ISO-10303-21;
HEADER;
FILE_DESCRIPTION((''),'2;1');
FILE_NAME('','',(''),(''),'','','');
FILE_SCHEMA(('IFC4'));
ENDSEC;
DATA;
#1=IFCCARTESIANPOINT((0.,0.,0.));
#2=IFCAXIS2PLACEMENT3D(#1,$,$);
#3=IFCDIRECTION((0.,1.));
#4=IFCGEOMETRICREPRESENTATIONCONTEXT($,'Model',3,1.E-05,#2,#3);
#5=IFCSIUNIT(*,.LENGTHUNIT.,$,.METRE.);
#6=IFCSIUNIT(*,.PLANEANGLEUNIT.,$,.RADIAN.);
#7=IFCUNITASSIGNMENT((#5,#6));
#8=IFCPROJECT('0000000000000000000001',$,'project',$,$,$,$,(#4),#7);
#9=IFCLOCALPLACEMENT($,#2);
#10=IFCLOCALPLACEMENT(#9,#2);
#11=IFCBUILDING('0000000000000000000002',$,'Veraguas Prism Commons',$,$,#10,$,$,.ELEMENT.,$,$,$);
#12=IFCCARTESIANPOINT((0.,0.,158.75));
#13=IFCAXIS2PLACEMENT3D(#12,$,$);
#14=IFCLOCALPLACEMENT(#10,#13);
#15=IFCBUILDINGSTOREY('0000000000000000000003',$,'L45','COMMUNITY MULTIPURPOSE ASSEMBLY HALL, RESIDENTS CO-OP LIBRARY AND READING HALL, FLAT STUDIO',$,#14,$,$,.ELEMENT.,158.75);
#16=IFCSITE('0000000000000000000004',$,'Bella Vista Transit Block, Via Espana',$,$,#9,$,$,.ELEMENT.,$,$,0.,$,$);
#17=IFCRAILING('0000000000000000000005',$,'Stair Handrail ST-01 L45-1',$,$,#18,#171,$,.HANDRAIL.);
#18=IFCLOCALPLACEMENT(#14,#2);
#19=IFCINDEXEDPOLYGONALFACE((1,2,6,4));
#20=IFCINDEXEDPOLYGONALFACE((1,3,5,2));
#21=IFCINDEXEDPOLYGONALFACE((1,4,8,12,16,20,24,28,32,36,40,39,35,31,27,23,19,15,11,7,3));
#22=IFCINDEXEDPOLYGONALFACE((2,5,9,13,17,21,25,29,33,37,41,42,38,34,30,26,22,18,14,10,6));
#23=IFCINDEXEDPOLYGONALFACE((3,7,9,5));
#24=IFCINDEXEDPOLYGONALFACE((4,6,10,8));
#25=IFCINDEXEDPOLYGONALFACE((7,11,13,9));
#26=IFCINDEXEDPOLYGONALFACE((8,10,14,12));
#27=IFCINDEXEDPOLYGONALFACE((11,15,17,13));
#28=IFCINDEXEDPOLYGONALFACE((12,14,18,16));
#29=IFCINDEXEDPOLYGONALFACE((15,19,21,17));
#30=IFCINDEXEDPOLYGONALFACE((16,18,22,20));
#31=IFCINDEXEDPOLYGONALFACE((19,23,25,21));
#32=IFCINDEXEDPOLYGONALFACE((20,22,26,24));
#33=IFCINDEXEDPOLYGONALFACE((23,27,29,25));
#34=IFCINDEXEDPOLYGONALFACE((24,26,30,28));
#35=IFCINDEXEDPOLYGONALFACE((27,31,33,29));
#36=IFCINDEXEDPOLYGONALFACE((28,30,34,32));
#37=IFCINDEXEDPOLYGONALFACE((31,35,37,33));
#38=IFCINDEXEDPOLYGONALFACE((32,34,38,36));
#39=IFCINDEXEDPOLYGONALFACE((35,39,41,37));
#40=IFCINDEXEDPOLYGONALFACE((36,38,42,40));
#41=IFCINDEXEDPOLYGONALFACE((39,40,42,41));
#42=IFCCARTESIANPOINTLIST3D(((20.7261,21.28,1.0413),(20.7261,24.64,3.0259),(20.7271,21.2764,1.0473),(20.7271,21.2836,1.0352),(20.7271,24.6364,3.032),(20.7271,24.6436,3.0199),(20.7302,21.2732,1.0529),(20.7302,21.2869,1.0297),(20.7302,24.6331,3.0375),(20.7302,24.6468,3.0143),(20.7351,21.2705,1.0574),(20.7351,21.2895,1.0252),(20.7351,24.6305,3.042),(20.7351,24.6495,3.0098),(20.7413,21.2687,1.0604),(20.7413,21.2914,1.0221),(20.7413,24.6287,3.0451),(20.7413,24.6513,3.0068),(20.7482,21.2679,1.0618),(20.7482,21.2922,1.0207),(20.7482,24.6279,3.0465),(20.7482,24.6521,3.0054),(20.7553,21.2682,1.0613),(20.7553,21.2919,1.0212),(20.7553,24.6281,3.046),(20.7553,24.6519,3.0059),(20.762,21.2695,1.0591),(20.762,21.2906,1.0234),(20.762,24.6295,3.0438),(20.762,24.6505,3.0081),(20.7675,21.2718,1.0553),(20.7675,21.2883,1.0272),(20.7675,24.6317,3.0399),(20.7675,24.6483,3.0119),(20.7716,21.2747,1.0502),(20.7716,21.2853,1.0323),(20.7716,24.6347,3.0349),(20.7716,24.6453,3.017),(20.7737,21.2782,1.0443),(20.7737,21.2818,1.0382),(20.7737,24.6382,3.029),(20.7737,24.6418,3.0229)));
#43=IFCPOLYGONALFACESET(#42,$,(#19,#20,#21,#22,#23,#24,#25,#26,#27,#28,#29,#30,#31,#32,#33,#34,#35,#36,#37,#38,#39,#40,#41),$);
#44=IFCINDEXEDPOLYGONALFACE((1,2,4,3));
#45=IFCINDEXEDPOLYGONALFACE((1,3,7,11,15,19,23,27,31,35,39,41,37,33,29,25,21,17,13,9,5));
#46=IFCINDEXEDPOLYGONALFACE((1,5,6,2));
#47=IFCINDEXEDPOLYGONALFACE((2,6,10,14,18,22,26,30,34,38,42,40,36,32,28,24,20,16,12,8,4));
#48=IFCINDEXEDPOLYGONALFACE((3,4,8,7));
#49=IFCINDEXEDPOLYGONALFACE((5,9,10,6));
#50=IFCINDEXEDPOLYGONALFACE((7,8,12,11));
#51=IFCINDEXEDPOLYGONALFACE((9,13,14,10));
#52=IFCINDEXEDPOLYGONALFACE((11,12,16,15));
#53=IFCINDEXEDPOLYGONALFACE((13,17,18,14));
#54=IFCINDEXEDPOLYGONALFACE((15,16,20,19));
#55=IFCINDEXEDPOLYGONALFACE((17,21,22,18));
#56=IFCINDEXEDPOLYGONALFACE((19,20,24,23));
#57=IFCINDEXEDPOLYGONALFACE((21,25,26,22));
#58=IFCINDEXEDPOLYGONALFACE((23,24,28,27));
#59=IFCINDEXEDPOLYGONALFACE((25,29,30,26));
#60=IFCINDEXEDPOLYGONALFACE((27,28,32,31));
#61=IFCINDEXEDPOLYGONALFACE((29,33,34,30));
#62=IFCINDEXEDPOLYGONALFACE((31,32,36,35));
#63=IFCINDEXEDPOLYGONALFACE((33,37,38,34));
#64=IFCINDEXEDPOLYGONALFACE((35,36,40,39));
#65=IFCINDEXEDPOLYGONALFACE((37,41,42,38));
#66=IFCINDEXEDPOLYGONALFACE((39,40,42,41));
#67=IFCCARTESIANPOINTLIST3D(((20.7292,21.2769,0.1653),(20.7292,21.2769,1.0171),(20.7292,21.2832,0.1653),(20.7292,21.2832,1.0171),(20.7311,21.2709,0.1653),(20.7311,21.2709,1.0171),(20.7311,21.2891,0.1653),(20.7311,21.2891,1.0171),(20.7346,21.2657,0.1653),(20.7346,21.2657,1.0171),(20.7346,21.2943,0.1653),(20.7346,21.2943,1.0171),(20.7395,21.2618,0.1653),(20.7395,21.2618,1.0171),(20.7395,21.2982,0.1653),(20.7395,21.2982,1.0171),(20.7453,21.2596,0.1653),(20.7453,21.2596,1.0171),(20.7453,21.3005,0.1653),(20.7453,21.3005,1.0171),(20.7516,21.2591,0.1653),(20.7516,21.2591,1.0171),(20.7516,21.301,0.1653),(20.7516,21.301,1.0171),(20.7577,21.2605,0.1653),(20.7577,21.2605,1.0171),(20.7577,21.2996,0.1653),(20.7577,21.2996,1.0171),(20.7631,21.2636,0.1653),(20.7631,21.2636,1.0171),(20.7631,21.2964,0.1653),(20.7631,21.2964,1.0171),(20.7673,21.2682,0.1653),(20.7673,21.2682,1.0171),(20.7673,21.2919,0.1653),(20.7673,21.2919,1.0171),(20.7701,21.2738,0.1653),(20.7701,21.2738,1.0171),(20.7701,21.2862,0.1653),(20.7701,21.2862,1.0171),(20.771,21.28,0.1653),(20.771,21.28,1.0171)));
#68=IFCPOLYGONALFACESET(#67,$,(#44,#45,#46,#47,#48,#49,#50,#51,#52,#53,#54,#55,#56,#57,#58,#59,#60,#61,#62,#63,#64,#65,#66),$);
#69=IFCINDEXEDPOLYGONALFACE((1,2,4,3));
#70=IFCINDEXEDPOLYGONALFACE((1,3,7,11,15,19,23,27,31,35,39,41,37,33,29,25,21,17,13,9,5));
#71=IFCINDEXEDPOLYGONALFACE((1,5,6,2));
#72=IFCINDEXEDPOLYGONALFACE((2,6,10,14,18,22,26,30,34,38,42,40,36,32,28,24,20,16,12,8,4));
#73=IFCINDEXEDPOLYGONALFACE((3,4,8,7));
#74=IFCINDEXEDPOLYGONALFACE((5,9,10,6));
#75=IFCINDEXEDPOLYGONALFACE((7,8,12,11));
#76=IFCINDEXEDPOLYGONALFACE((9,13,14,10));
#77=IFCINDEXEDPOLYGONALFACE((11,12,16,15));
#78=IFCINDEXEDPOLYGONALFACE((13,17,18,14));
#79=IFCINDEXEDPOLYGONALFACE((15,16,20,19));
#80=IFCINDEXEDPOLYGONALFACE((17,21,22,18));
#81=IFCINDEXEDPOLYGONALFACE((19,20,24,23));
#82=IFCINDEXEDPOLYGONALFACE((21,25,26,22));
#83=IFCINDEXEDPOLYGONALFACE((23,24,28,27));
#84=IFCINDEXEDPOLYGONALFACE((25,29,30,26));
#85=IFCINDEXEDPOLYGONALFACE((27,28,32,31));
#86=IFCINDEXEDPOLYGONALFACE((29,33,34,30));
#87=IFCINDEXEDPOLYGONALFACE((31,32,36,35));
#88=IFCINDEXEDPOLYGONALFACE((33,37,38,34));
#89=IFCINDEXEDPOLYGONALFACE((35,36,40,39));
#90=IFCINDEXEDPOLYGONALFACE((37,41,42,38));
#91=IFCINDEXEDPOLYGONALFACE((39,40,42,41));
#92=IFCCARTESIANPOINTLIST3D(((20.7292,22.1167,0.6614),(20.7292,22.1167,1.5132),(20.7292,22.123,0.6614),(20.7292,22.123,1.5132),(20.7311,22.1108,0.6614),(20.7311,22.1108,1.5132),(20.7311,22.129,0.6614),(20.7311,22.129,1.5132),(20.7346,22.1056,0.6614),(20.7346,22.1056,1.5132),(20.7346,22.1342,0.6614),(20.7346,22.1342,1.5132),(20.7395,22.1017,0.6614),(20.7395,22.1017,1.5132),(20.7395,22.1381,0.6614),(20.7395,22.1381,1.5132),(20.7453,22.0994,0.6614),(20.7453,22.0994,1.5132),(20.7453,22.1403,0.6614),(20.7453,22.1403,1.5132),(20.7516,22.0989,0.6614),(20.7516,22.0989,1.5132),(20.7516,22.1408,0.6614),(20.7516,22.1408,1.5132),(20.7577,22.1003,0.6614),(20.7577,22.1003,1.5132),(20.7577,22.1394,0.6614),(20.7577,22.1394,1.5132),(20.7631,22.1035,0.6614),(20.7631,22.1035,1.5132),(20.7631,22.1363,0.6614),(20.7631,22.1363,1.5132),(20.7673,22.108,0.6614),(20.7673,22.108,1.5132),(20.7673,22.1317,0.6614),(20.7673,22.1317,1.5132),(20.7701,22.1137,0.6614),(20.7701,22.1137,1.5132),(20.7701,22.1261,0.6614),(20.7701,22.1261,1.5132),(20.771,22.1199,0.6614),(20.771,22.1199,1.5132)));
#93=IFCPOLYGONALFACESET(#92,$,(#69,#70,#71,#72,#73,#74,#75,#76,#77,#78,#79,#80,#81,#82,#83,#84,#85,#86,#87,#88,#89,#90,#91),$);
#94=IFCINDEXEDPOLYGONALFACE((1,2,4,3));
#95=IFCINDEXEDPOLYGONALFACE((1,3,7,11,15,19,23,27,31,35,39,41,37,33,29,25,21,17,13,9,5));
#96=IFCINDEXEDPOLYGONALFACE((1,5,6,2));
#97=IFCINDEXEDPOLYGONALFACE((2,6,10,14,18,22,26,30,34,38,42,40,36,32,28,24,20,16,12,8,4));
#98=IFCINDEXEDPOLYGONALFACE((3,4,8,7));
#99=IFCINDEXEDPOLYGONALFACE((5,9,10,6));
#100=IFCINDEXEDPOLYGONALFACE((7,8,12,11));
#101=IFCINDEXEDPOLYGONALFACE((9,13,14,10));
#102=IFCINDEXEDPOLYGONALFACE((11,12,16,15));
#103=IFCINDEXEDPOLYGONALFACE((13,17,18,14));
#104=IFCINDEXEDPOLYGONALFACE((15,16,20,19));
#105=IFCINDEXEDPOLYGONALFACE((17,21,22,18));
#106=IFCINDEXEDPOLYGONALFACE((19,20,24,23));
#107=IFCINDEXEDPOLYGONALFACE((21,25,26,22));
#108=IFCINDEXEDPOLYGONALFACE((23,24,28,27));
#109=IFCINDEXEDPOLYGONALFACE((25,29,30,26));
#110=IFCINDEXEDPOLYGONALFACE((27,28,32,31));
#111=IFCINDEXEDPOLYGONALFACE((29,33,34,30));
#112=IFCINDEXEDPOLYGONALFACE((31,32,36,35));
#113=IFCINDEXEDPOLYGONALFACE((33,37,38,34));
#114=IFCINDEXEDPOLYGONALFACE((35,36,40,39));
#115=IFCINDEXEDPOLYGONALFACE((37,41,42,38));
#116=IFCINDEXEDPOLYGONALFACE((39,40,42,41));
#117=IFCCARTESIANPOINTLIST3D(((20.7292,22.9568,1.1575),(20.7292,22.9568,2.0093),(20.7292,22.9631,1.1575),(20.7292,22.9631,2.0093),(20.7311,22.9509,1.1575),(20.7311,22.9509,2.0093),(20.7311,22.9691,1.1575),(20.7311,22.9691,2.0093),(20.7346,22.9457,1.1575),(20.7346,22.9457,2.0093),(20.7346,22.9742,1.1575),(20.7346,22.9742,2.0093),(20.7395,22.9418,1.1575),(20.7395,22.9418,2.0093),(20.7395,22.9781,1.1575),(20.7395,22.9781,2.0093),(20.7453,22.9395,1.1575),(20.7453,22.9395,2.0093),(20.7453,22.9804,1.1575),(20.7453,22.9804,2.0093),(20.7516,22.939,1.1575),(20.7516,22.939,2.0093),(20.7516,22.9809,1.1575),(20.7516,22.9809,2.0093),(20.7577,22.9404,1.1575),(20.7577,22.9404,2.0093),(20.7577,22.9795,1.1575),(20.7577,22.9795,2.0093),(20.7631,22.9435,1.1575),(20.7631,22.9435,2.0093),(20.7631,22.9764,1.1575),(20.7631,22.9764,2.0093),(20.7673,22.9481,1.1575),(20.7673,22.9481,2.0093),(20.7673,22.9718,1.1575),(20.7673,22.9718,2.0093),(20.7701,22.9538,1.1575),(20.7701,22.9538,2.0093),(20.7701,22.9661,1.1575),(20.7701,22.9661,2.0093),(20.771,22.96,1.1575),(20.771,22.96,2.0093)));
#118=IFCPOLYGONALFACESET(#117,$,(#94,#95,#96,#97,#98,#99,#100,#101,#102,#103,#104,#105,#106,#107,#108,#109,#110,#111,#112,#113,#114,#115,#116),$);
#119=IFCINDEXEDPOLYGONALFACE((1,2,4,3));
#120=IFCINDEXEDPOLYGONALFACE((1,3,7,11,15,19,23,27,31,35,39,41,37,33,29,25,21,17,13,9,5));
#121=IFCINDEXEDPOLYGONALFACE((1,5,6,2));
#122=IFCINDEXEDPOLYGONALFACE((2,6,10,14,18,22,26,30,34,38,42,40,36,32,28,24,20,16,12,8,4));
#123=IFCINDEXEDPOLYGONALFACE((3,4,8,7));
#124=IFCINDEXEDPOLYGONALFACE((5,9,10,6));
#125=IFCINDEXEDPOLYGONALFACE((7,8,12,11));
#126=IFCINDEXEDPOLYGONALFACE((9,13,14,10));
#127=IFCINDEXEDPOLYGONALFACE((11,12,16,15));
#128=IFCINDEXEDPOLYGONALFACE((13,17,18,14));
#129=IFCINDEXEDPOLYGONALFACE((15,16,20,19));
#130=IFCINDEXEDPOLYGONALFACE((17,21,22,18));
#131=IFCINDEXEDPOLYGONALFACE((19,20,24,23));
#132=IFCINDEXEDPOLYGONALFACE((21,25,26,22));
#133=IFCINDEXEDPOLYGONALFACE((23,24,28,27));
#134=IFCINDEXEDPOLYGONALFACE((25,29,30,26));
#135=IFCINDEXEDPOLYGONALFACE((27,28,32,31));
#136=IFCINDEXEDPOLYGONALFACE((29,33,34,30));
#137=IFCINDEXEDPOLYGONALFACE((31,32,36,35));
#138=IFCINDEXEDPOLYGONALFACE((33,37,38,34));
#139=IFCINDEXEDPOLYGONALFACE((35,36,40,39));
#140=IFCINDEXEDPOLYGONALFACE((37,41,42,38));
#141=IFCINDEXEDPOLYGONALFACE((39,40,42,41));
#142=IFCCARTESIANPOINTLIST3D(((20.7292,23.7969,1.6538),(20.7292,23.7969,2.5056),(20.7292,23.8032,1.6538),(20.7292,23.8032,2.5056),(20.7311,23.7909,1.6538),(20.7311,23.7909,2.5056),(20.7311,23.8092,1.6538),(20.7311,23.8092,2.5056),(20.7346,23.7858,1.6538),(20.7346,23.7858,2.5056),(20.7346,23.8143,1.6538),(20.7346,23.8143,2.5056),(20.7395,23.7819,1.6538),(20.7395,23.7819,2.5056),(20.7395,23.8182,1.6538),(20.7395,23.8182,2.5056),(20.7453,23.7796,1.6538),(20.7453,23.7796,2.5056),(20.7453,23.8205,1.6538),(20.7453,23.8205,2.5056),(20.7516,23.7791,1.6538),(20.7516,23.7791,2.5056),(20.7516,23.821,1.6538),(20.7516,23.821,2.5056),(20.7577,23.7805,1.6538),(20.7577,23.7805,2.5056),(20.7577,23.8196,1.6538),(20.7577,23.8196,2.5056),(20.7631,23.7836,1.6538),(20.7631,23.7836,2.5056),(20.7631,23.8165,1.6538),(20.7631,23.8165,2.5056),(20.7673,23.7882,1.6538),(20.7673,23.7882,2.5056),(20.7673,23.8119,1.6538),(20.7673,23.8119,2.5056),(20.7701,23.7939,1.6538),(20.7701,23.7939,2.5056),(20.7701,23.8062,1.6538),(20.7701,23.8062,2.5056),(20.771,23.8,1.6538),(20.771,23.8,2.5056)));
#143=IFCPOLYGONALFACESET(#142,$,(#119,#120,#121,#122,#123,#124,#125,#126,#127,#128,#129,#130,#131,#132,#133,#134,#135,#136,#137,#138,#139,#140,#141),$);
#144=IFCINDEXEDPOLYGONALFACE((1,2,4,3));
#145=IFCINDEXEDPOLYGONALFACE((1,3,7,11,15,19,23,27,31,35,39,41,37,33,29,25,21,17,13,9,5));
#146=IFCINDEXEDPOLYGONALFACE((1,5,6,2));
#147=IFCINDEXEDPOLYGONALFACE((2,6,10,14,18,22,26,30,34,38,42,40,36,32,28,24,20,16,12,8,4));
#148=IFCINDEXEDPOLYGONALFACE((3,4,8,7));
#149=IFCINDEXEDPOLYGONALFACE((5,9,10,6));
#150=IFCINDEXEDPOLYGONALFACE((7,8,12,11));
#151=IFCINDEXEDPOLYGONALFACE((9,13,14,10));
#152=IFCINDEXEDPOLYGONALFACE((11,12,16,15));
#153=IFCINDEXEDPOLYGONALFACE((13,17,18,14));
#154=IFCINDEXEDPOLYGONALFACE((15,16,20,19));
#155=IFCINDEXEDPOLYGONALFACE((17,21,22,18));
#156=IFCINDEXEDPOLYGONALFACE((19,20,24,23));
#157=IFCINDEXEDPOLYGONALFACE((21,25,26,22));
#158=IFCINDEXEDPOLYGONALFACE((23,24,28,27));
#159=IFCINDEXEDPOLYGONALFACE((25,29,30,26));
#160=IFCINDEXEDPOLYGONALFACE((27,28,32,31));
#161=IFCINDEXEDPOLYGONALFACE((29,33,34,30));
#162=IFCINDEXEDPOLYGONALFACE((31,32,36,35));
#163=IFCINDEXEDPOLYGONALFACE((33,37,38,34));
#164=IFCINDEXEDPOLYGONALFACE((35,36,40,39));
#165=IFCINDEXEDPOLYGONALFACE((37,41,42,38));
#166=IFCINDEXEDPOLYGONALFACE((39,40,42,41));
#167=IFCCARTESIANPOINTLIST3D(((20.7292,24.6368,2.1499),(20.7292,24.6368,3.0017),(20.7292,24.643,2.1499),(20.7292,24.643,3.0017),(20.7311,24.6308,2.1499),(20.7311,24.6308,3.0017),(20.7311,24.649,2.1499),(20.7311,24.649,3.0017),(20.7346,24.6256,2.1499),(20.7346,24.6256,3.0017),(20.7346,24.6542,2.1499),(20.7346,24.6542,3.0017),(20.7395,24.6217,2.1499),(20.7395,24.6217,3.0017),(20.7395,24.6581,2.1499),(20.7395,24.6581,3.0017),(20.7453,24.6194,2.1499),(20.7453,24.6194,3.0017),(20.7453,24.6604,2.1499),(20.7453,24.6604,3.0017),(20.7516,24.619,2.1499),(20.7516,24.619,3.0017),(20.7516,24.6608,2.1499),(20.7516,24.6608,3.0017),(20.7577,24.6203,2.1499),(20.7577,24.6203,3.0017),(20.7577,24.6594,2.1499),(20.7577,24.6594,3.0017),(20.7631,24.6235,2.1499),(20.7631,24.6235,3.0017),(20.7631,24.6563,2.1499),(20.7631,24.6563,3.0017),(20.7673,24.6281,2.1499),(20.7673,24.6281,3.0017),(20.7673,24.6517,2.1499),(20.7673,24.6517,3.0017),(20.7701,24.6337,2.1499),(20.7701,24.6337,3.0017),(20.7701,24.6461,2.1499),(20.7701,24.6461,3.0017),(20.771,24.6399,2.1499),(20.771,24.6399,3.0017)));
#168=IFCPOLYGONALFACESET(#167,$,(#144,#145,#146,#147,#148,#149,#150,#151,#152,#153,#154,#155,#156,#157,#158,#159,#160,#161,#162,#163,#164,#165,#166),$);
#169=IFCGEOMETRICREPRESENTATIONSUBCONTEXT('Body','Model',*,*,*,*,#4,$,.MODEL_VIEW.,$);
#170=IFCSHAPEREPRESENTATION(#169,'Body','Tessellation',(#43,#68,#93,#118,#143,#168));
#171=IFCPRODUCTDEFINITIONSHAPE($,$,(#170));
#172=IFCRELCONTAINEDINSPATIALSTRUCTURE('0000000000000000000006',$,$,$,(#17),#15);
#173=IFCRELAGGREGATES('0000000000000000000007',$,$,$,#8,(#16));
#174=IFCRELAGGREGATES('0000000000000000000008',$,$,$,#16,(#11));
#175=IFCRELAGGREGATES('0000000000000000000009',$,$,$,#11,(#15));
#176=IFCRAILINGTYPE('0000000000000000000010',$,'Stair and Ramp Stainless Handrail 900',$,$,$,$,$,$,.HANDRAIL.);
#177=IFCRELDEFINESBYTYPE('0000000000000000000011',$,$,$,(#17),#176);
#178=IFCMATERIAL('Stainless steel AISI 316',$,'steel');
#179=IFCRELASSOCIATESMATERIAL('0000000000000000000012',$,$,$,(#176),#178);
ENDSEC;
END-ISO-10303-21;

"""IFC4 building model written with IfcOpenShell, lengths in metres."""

from ifc_helpers import new_model, si_unit, direction, frame, origin, origin_2d, place, context, subcontext, project, spatial, circle, extrude, material, type_object, element, save


model = new_model("IFC4")

# Units and contexts
model_context = context("Model", 3, precision=1e-05, world=origin(), true_north=direction((0.0, 1.0)))
body_context = subcontext(model_context, "Body", "Model", "MODEL_VIEW")
ifc_project = project(units=[si_unit("LENGTHUNIT", "METRE"), si_unit("PLANEANGLEUNIT", "RADIAN")], contexts=[model_context])

# Site, building, storey
site_placement = place(None, origin())
site = spatial("IfcSite", under=ifc_project, at=site_placement, Name="Bella Vista Transit Block, Via Espana", CompositionType="ELEMENT", RefElevation=0.0)
building_placement = place(site_placement, origin())
building = spatial("IfcBuilding", under=site, at=building_placement, Name="Veraguas Prism Commons", CompositionType="ELEMENT")
storey_placement = place(building_placement, frame((0.0, 0.0, 158.75)))
storey = spatial("IfcBuildingStorey", under=building, at=storey_placement, Name="L45", Description="COMMUNITY MULTIPURPOSE ASSEMBLY HALL, RESIDENTS CO-OP LIBRARY AND READING HALL, FLAT STUDIO", CompositionType="ELEMENT", Elevation=158.75)

# Railing
ifc_material_1 = material(Name="Stainless steel AISI 316", Category="steel")
railing_type_1 = type_object("IfcRailingType", Name="Stair and Ramp Stainless Handrail 900", PredefinedType="HANDRAIL", material=ifc_material_1)
railing_1_placement = place(storey_placement, frame((20.75, 21.28, 0.1653)))
element("IfcRailing", 1, at=railing_1_placement, inside=storey, type_object=railing_type_1, Name="Stair Handrail ST-01 L45-1", PredefinedType="HANDRAIL", context=body_context, shape_type="SweptSolid", body=[
    extrude(circle(Radius=0.0239, at=origin_2d()), frame((0.0, 0.0, 0.876), z_axis=(0.0, 0.861011, 0.508586), x_axis=(-1.0, 0.0, 0.0)), (0.0, 0.0, 1.0), 3.9023),
    extrude(circle(Radius=0.021, at=origin_2d()), origin(), (0.0, 0.0, 1.0), 0.8518),
    extrude(circle(Radius=0.021, at=origin_2d()), frame((0.0, 0.8398, 0.4961)), (0.0, 0.0, 1.0), 0.8518),
    extrude(circle(Radius=0.021, at=origin_2d()), frame((0.0, 1.6799, 0.9922)), (0.0, 0.0, 1.0), 0.8518),
    extrude(circle(Radius=0.021, at=origin_2d()), frame((0.0, 2.52, 1.4885)), (0.0, 0.0, 1.0), 0.8518),
    extrude(circle(Radius=0.021, at=origin_2d()), frame((0.0, 3.3599, 1.9846)), (0.0, 0.0, 1.0), 0.8518),
])

save(model, "model.ifc")
